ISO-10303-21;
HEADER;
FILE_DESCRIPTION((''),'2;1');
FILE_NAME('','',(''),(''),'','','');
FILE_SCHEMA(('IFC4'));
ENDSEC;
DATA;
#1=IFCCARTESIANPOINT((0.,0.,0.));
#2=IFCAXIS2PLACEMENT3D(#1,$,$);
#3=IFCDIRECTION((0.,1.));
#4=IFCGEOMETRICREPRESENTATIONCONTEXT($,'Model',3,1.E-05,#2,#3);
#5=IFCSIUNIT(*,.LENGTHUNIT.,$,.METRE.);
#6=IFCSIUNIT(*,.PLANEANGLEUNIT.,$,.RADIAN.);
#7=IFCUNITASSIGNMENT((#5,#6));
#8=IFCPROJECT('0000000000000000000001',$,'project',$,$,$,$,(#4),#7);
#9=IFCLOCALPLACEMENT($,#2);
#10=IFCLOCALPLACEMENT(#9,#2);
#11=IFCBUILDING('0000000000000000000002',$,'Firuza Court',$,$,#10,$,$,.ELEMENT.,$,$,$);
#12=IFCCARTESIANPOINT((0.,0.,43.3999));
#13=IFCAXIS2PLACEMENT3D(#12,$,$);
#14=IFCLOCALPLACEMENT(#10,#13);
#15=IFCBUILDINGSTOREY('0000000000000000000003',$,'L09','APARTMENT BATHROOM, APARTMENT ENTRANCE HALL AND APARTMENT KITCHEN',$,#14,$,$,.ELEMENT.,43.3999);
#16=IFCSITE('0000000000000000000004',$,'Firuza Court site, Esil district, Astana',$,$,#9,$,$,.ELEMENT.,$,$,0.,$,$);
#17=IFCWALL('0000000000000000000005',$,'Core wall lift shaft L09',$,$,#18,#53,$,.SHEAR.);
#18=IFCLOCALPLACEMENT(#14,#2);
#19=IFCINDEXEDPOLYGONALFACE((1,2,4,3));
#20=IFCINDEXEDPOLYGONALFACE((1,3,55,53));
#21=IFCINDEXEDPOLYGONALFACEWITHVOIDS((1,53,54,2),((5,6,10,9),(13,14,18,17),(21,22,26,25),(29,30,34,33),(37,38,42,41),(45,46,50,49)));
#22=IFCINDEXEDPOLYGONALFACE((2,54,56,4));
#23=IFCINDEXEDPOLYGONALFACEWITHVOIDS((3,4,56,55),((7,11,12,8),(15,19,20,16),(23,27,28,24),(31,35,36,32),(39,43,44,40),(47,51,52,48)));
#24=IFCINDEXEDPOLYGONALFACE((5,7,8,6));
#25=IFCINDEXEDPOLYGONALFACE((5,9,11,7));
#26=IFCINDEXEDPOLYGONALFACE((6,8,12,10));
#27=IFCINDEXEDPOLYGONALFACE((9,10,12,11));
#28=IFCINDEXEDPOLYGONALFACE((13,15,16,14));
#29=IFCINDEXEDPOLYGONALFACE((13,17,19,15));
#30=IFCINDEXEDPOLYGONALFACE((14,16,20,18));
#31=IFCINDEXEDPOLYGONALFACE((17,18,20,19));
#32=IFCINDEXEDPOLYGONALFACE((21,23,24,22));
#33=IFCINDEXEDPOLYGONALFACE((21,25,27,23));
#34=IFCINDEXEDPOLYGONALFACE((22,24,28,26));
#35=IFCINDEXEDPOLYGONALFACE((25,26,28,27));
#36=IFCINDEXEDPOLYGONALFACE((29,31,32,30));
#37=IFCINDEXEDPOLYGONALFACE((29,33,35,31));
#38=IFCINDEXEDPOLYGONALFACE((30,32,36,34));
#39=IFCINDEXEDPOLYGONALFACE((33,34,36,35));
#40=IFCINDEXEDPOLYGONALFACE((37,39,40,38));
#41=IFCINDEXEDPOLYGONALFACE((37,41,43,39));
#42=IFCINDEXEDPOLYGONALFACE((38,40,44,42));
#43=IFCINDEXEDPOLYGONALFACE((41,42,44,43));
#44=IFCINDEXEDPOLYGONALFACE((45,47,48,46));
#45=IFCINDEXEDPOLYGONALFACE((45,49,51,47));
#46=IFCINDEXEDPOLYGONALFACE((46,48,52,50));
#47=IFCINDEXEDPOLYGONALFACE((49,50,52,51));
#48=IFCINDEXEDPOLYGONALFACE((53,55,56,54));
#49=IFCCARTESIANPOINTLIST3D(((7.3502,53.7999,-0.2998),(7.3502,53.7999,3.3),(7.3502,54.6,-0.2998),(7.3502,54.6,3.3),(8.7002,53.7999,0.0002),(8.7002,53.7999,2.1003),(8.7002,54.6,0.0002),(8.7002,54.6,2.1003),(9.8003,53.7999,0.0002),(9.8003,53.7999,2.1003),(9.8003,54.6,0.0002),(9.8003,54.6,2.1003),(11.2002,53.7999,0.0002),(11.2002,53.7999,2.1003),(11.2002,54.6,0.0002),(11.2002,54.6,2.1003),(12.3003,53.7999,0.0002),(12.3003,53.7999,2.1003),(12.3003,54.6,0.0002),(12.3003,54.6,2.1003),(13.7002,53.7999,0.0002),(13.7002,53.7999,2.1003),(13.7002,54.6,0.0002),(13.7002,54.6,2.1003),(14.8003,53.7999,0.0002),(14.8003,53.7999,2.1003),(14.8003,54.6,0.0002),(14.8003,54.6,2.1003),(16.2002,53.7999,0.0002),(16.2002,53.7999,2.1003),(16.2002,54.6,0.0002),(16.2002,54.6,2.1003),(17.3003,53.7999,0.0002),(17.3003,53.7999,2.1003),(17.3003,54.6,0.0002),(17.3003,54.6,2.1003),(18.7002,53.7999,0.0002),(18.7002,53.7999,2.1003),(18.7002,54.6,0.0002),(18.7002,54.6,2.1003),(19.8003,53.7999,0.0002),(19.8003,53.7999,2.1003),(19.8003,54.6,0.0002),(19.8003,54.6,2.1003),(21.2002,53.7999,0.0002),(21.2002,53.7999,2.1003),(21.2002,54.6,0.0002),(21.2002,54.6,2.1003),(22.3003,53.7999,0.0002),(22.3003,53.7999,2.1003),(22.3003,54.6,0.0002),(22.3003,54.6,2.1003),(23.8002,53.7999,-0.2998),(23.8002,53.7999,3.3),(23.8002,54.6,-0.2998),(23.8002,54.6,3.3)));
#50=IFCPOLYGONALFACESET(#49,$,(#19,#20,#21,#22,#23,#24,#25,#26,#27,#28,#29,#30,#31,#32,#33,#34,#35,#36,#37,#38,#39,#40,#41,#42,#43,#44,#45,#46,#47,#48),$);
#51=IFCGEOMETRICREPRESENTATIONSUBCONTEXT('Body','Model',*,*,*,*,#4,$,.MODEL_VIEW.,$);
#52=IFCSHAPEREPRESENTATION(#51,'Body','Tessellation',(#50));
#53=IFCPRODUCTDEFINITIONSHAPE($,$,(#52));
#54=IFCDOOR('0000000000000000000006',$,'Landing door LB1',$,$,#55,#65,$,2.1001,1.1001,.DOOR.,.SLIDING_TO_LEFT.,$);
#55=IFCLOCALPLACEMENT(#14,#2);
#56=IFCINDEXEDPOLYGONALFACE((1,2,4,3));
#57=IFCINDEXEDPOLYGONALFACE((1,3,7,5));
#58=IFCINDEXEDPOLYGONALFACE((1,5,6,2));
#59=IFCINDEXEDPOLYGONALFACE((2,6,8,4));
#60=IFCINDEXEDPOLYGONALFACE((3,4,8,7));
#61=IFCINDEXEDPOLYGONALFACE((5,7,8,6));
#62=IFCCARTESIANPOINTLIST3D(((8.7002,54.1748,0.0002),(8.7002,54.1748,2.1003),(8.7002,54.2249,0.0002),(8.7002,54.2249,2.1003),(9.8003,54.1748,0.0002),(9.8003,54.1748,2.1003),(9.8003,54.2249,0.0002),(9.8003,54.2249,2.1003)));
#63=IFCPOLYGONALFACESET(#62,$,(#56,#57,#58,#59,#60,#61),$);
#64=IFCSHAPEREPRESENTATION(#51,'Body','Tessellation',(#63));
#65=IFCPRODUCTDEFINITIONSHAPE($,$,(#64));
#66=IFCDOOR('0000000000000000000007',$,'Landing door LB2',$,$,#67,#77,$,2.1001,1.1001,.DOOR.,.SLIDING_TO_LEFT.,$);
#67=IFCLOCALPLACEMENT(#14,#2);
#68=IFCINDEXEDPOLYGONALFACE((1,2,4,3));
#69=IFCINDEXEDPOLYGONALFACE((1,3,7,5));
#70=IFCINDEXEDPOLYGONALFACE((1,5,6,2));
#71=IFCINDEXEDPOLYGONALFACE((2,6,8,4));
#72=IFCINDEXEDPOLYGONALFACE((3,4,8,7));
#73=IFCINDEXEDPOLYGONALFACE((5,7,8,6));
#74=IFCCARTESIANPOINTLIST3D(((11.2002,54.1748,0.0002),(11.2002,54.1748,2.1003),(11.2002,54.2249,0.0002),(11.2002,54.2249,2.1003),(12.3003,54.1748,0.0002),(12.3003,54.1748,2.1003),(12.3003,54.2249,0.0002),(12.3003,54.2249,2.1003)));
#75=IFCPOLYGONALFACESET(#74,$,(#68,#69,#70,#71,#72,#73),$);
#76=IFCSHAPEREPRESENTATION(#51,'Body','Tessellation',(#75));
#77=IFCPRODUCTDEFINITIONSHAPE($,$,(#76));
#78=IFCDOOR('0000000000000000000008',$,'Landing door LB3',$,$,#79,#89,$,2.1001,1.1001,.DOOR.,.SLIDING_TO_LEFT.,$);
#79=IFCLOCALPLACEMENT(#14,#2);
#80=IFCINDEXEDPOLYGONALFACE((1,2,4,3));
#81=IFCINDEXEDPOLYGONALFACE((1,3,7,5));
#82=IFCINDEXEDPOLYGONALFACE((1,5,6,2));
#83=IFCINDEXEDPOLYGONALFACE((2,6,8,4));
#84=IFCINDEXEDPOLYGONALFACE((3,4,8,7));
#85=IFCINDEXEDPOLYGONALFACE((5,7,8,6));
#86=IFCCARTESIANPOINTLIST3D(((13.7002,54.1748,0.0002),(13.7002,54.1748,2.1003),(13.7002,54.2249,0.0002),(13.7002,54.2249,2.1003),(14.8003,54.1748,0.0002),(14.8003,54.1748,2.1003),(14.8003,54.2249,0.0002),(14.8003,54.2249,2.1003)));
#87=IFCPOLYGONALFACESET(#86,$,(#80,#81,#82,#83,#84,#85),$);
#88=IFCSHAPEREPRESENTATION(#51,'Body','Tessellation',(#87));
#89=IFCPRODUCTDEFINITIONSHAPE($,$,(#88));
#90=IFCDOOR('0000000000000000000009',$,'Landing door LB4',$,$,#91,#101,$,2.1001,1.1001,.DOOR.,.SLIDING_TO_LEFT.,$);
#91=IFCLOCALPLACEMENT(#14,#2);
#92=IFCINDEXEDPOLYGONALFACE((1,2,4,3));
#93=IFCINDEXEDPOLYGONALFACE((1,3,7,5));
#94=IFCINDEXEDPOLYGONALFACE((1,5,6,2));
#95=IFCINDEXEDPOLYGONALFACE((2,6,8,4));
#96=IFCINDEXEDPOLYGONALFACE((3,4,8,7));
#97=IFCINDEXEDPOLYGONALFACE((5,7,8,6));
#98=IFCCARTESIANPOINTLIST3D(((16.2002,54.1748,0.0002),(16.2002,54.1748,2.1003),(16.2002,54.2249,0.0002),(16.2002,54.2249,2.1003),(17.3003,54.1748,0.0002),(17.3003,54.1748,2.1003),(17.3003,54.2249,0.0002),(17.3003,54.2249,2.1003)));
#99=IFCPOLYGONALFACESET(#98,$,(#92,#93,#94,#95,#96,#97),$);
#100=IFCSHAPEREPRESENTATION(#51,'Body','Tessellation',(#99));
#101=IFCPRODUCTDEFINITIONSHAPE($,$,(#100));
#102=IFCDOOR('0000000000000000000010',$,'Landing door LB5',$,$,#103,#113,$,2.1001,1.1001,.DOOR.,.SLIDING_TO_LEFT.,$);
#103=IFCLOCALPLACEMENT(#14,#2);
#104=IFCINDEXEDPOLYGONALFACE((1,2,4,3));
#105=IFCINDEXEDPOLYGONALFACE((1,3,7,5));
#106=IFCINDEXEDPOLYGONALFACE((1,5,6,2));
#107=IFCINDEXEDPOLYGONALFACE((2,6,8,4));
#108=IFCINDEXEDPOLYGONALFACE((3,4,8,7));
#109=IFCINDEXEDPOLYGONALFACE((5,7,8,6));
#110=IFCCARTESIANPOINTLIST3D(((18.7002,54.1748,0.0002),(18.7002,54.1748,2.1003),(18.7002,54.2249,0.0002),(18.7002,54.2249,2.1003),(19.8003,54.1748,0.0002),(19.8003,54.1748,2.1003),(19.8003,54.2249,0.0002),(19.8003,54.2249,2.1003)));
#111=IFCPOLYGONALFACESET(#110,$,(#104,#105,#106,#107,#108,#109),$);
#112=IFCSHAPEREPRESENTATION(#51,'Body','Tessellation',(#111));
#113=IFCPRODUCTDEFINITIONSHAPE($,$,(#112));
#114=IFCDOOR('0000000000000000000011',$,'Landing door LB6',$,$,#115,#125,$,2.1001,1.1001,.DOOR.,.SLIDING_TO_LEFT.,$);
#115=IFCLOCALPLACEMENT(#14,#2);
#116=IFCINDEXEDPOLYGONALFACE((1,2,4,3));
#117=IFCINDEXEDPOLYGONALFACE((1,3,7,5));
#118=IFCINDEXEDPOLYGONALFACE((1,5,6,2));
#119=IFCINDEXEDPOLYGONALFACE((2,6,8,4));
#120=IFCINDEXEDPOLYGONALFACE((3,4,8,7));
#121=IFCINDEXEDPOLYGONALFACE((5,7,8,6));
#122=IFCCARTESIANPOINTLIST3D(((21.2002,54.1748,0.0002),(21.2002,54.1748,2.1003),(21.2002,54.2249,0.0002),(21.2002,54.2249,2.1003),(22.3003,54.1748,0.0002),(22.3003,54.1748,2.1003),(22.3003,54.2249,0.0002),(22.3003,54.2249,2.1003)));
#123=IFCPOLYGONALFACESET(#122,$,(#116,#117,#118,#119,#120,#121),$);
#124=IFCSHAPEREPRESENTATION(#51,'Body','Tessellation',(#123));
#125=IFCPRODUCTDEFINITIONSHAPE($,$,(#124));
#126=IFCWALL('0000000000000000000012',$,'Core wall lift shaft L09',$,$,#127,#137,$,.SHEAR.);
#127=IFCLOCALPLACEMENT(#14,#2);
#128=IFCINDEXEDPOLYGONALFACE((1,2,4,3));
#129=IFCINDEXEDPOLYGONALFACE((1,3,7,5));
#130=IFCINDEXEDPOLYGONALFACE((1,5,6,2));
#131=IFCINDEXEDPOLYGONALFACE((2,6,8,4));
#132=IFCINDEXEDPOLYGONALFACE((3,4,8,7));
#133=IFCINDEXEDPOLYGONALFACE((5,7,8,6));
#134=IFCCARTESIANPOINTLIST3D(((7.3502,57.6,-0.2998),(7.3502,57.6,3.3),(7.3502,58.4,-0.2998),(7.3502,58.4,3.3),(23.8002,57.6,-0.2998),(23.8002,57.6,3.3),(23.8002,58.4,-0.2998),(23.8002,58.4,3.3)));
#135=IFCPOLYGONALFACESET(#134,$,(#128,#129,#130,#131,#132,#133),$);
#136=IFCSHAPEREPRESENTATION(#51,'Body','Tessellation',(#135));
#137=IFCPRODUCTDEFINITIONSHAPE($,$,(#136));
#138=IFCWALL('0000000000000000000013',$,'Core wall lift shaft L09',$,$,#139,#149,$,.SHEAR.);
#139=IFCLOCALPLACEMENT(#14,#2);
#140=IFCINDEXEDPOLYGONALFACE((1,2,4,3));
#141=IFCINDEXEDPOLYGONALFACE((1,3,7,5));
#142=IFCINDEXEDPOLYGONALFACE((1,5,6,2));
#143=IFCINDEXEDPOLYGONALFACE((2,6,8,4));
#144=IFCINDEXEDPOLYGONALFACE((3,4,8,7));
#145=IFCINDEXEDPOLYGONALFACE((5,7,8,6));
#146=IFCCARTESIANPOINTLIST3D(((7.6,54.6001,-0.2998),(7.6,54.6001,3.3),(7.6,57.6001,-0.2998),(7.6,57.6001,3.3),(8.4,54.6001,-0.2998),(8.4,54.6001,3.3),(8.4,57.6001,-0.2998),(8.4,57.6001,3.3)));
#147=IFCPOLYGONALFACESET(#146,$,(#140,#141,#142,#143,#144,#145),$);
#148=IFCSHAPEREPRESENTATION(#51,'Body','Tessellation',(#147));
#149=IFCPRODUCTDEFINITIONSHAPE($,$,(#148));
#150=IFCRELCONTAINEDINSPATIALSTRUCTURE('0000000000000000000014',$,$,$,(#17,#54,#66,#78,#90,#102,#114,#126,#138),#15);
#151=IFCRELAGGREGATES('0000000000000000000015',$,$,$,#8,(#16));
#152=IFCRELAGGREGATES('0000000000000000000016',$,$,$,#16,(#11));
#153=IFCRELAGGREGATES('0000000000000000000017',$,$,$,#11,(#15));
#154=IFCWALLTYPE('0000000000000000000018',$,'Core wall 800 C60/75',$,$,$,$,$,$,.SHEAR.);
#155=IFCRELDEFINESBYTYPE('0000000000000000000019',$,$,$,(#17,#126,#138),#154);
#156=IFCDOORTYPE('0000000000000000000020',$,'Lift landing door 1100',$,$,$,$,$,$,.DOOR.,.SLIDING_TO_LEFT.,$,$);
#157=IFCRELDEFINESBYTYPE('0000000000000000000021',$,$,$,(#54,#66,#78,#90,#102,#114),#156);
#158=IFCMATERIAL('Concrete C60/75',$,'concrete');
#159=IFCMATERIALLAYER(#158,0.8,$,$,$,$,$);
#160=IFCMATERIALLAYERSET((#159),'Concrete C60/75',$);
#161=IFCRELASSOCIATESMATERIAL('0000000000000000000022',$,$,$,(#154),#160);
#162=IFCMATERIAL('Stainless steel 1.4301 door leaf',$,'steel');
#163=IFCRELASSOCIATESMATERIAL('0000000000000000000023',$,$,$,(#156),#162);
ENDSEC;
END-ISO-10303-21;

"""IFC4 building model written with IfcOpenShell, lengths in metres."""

from ifc_helpers import new_model, si_unit, direction, frame, frame_2d, origin, place, context, subcontext, project, spatial, rectangle, extrude, material, layer, layer_set, type_object, element, fill, save


model = new_model("IFC4")

# Units and contexts
model_context = context("Model", 3, precision=1e-05, world=origin(), true_north=direction((0.0, 1.0)))
body_context = subcontext(model_context, "Body", "Model", "MODEL_VIEW")
ifc_project = project(units=[si_unit("LENGTHUNIT", "METRE"), si_unit("PLANEANGLEUNIT", "RADIAN")], contexts=[model_context])

# Site, building, storey
site_placement = place(None, origin())
site = spatial("IfcSite", under=ifc_project, at=site_placement, Name="Firuza Court site, Esil district, Astana", CompositionType="ELEMENT", RefElevation=0.0)
building_placement = place(site_placement, origin())
building = spatial("IfcBuilding", under=site, at=building_placement, Name="Firuza Court", CompositionType="ELEMENT")
storey_placement = place(building_placement, frame((0.0, 0.0, 43.3999)))
storey = spatial("IfcBuildingStorey", under=building, at=storey_placement, Name="L09", Description="APARTMENT BATHROOM, APARTMENT ENTRANCE HALL AND APARTMENT KITCHEN", CompositionType="ELEMENT", Elevation=43.3999)

# Shared definitions
ifc_material_1 = material(Name="Concrete C60/75", Category="concrete")

# Wall, openings, doors
ifc_layer_1 = layer(ifc_material_1, 0.8)
ifc_layer_set_1 = layer_set([ifc_layer_1], Name="Concrete C60/75")
wall_type_1 = type_object("IfcWallType", Name="Core wall 800 C60/75", PredefinedType="SHEAR", material=ifc_layer_set_1)
wall_1_placement = place(storey_placement, frame((7.3501, 54.2, -0.2998), z_axis=(0.0, 0.0, 1.0), x_axis=(1.0, 0.0, 0.0)))
wall_1 = element("IfcWall", 1, at=wall_1_placement, inside=storey, type_object=wall_type_1, Name="Core wall lift shaft L09", PredefinedType="SHEAR", context=body_context, shape_type="SweptSolid", body=[
    extrude(rectangle(XDim=16.45, YDim=0.8, at=frame_2d((8.2251, 0.0))), origin(), (0.0, 0.0, 1.0), 3.5999),
])
opening_1_placement = place(wall_1_placement, frame((1.3501, 0.0, 0.3)))
opening_1 = element("IfcOpeningElement", 2, at=opening_1_placement, cuts=wall_1, PredefinedType="OPENING", context=body_context, shape_type="SweptSolid", body=[
    extrude(rectangle(XDim=1.1001, YDim=2.1001, at=frame_2d((0.55, 1.05))), frame((0.0, 0.4121, 0.0), z_axis=(0.0, -1.0, 0.0), x_axis=(1.0, 0.0, 0.0)), (0.0, 0.0, 1.0), 0.824),
])
opening_2_placement = place(wall_1_placement, frame((3.8501, 0.0, 0.3)))
opening_2 = element("IfcOpeningElement", 3, at=opening_2_placement, cuts=wall_1, PredefinedType="OPENING", context=body_context, shape_type="SweptSolid", body=[
    extrude(rectangle(XDim=1.1001, YDim=2.1001, at=frame_2d((0.55, 1.05))), frame((0.0, 0.4121, 0.0), z_axis=(0.0, -1.0, 0.0), x_axis=(1.0, 0.0, 0.0)), (0.0, 0.0, 1.0), 0.824),
])
opening_3_placement = place(wall_1_placement, frame((6.3501, 0.0, 0.3)))
opening_3 = element("IfcOpeningElement", 4, at=opening_3_placement, cuts=wall_1, PredefinedType="OPENING", context=body_context, shape_type="SweptSolid", body=[
    extrude(rectangle(XDim=1.1001, YDim=2.1001, at=frame_2d((0.55, 1.05))), frame((0.0, 0.4121, 0.0), z_axis=(0.0, -1.0, 0.0), x_axis=(1.0, 0.0, 0.0)), (0.0, 0.0, 1.0), 0.824),
])
opening_4_placement = place(wall_1_placement, frame((8.8501, 0.0, 0.3)))
opening_4 = element("IfcOpeningElement", 5, at=opening_4_placement, cuts=wall_1, PredefinedType="OPENING", context=body_context, shape_type="SweptSolid", body=[
    extrude(rectangle(XDim=1.1001, YDim=2.1001, at=frame_2d((0.55, 1.05))), frame((0.0, 0.4121, 0.0), z_axis=(0.0, -1.0, 0.0), x_axis=(1.0, 0.0, 0.0)), (0.0, 0.0, 1.0), 0.824),
])
opening_5_placement = place(wall_1_placement, frame((11.3501, 0.0, 0.3)))
opening_5 = element("IfcOpeningElement", 6, at=opening_5_placement, cuts=wall_1, PredefinedType="OPENING", context=body_context, shape_type="SweptSolid", body=[
    extrude(rectangle(XDim=1.1001, YDim=2.1001, at=frame_2d((0.55, 1.05))), frame((0.0, 0.4121, 0.0), z_axis=(0.0, -1.0, 0.0), x_axis=(1.0, 0.0, 0.0)), (0.0, 0.0, 1.0), 0.824),
])
opening_6_placement = place(wall_1_placement, frame((13.8501, 0.0, 0.3)))
opening_6 = element("IfcOpeningElement", 7, at=opening_6_placement, cuts=wall_1, PredefinedType="OPENING", context=body_context, shape_type="SweptSolid", body=[
    extrude(rectangle(XDim=1.1001, YDim=2.1001, at=frame_2d((0.55, 1.05))), frame((0.0, 0.4121, 0.0), z_axis=(0.0, -1.0, 0.0), x_axis=(1.0, 0.0, 0.0)), (0.0, 0.0, 1.0), 0.824),
])
ifc_material_2 = material(Name="Stainless steel 1.4301 door leaf", Category="steel")
door_type = type_object("IfcDoorType", Name="Lift landing door 1100", OperationType="SLIDING_TO_LEFT", PredefinedType="DOOR", material=ifc_material_2)
door_1_placement = place(opening_1_placement, origin())
door_1 = element("IfcDoor", 8, at=door_1_placement, inside=storey, type_object=door_type, Name="Landing door LB1", OperationType="SLIDING_TO_LEFT", OverallHeight=2.1001, OverallWidth=1.1001, PredefinedType="DOOR", context=body_context, shape_type="SweptSolid", body=[
    extrude(rectangle(XDim=1.1001, YDim=2.1001, at=frame_2d((0.55, 1.05))), frame((0.0, 0.0249, 0.0), z_axis=(0.0, -1.0, 0.0), x_axis=(1.0, 0.0, 0.0)), (0.0, 0.0, 1.0), 0.05),
])
fill(opening_1, door_1)
door_2_placement = place(opening_2_placement, origin())
door_2 = element("IfcDoor", 9, at=door_2_placement, inside=storey, type_object=door_type, Name="Landing door LB2", OperationType="SLIDING_TO_LEFT", OverallHeight=2.1001, OverallWidth=1.1001, PredefinedType="DOOR", context=body_context, shape_type="SweptSolid", body=[
    extrude(rectangle(XDim=1.1001, YDim=2.1001, at=frame_2d((0.55, 1.05))), frame((0.0, 0.0249, 0.0), z_axis=(0.0, -1.0, 0.0), x_axis=(1.0, 0.0, 0.0)), (0.0, 0.0, 1.0), 0.05),
])
fill(opening_2, door_2)
door_3_placement = place(opening_3_placement, origin())
door_3 = element("IfcDoor", 10, at=door_3_placement, inside=storey, type_object=door_type, Name="Landing door LB3", OperationType="SLIDING_TO_LEFT", OverallHeight=2.1001, OverallWidth=1.1001, PredefinedType="DOOR", context=body_context, shape_type="SweptSolid", body=[
    extrude(rectangle(XDim=1.1001, YDim=2.1001, at=frame_2d((0.55, 1.05))), frame((0.0, 0.0249, 0.0), z_axis=(0.0, -1.0, 0.0), x_axis=(1.0, 0.0, 0.0)), (0.0, 0.0, 1.0), 0.05),
])
fill(opening_3, door_3)
door_4_placement = place(opening_4_placement, origin())
door_4 = element("IfcDoor", 11, at=door_4_placement, inside=storey, type_object=door_type, Name="Landing door LB4", OperationType="SLIDING_TO_LEFT", OverallHeight=2.1001, OverallWidth=1.1001, PredefinedType="DOOR", context=body_context, shape_type="SweptSolid", body=[
    extrude(rectangle(XDim=1.1001, YDim=2.1001, at=frame_2d((0.55, 1.05))), frame((0.0, 0.0249, 0.0), z_axis=(0.0, -1.0, 0.0), x_axis=(1.0, 0.0, 0.0)), (0.0, 0.0, 1.0), 0.05),
])
fill(opening_4, door_4)
door_5_placement = place(opening_5_placement, origin())
door_5 = element("IfcDoor", 12, at=door_5_placement, inside=storey, type_object=door_type, Name="Landing door LB5", OperationType="SLIDING_TO_LEFT", OverallHeight=2.1001, OverallWidth=1.1001, PredefinedType="DOOR", context=body_context, shape_type="SweptSolid", body=[
    extrude(rectangle(XDim=1.1001, YDim=2.1001, at=frame_2d((0.55, 1.05))), frame((0.0, 0.0249, 0.0), z_axis=(0.0, -1.0, 0.0), x_axis=(1.0, 0.0, 0.0)), (0.0, 0.0, 1.0), 0.05),
])
fill(opening_5, door_5)
door_6_placement = place(opening_6_placement, origin())
door_6 = element("IfcDoor", 13, at=door_6_placement, inside=storey, type_object=door_type, Name="Landing door LB6", OperationType="SLIDING_TO_LEFT", OverallHeight=2.1001, OverallWidth=1.1001, PredefinedType="DOOR", context=body_context, shape_type="SweptSolid", body=[
    extrude(rectangle(XDim=1.1001, YDim=2.1001, at=frame_2d((0.55, 1.05))), frame((0.0, 0.0249, 0.0), z_axis=(0.0, -1.0, 0.0), x_axis=(1.0, 0.0, 0.0)), (0.0, 0.0, 1.0), 0.05),
])
fill(opening_6, door_6)

# Walls
wall_2_placement = place(storey_placement, frame((7.3501, 58.0, -0.2998), z_axis=(0.0, 0.0, 1.0), x_axis=(1.0, 0.0, 0.0)))
element("IfcWall", 14, at=wall_2_placement, inside=storey, type_object=wall_type_1, Name="Core wall lift shaft L09", PredefinedType="SHEAR", context=body_context, shape_type="SweptSolid", body=[
    extrude(rectangle(XDim=16.45, YDim=0.8, at=frame_2d((8.2251, 0.0))), origin(), (0.0, 0.0, 1.0), 3.5999),
])
wall_3_placement = place(storey_placement, frame((8.0, 54.6001, -0.2998), z_axis=(0.0, 0.0, 1.0), x_axis=(0.0, 1.0, 0.0)))
element("IfcWall", 15, at=wall_3_placement, inside=storey, type_object=wall_type_1, Name="Core wall lift shaft L09", PredefinedType="SHEAR", context=body_context, shape_type="SweptSolid", body=[
    extrude(rectangle(XDim=3.0, YDim=0.8, at=frame_2d((1.5, 0.0))), origin(), (0.0, 0.0, 1.0), 3.5999),
])

save(model, "model.ifc")
